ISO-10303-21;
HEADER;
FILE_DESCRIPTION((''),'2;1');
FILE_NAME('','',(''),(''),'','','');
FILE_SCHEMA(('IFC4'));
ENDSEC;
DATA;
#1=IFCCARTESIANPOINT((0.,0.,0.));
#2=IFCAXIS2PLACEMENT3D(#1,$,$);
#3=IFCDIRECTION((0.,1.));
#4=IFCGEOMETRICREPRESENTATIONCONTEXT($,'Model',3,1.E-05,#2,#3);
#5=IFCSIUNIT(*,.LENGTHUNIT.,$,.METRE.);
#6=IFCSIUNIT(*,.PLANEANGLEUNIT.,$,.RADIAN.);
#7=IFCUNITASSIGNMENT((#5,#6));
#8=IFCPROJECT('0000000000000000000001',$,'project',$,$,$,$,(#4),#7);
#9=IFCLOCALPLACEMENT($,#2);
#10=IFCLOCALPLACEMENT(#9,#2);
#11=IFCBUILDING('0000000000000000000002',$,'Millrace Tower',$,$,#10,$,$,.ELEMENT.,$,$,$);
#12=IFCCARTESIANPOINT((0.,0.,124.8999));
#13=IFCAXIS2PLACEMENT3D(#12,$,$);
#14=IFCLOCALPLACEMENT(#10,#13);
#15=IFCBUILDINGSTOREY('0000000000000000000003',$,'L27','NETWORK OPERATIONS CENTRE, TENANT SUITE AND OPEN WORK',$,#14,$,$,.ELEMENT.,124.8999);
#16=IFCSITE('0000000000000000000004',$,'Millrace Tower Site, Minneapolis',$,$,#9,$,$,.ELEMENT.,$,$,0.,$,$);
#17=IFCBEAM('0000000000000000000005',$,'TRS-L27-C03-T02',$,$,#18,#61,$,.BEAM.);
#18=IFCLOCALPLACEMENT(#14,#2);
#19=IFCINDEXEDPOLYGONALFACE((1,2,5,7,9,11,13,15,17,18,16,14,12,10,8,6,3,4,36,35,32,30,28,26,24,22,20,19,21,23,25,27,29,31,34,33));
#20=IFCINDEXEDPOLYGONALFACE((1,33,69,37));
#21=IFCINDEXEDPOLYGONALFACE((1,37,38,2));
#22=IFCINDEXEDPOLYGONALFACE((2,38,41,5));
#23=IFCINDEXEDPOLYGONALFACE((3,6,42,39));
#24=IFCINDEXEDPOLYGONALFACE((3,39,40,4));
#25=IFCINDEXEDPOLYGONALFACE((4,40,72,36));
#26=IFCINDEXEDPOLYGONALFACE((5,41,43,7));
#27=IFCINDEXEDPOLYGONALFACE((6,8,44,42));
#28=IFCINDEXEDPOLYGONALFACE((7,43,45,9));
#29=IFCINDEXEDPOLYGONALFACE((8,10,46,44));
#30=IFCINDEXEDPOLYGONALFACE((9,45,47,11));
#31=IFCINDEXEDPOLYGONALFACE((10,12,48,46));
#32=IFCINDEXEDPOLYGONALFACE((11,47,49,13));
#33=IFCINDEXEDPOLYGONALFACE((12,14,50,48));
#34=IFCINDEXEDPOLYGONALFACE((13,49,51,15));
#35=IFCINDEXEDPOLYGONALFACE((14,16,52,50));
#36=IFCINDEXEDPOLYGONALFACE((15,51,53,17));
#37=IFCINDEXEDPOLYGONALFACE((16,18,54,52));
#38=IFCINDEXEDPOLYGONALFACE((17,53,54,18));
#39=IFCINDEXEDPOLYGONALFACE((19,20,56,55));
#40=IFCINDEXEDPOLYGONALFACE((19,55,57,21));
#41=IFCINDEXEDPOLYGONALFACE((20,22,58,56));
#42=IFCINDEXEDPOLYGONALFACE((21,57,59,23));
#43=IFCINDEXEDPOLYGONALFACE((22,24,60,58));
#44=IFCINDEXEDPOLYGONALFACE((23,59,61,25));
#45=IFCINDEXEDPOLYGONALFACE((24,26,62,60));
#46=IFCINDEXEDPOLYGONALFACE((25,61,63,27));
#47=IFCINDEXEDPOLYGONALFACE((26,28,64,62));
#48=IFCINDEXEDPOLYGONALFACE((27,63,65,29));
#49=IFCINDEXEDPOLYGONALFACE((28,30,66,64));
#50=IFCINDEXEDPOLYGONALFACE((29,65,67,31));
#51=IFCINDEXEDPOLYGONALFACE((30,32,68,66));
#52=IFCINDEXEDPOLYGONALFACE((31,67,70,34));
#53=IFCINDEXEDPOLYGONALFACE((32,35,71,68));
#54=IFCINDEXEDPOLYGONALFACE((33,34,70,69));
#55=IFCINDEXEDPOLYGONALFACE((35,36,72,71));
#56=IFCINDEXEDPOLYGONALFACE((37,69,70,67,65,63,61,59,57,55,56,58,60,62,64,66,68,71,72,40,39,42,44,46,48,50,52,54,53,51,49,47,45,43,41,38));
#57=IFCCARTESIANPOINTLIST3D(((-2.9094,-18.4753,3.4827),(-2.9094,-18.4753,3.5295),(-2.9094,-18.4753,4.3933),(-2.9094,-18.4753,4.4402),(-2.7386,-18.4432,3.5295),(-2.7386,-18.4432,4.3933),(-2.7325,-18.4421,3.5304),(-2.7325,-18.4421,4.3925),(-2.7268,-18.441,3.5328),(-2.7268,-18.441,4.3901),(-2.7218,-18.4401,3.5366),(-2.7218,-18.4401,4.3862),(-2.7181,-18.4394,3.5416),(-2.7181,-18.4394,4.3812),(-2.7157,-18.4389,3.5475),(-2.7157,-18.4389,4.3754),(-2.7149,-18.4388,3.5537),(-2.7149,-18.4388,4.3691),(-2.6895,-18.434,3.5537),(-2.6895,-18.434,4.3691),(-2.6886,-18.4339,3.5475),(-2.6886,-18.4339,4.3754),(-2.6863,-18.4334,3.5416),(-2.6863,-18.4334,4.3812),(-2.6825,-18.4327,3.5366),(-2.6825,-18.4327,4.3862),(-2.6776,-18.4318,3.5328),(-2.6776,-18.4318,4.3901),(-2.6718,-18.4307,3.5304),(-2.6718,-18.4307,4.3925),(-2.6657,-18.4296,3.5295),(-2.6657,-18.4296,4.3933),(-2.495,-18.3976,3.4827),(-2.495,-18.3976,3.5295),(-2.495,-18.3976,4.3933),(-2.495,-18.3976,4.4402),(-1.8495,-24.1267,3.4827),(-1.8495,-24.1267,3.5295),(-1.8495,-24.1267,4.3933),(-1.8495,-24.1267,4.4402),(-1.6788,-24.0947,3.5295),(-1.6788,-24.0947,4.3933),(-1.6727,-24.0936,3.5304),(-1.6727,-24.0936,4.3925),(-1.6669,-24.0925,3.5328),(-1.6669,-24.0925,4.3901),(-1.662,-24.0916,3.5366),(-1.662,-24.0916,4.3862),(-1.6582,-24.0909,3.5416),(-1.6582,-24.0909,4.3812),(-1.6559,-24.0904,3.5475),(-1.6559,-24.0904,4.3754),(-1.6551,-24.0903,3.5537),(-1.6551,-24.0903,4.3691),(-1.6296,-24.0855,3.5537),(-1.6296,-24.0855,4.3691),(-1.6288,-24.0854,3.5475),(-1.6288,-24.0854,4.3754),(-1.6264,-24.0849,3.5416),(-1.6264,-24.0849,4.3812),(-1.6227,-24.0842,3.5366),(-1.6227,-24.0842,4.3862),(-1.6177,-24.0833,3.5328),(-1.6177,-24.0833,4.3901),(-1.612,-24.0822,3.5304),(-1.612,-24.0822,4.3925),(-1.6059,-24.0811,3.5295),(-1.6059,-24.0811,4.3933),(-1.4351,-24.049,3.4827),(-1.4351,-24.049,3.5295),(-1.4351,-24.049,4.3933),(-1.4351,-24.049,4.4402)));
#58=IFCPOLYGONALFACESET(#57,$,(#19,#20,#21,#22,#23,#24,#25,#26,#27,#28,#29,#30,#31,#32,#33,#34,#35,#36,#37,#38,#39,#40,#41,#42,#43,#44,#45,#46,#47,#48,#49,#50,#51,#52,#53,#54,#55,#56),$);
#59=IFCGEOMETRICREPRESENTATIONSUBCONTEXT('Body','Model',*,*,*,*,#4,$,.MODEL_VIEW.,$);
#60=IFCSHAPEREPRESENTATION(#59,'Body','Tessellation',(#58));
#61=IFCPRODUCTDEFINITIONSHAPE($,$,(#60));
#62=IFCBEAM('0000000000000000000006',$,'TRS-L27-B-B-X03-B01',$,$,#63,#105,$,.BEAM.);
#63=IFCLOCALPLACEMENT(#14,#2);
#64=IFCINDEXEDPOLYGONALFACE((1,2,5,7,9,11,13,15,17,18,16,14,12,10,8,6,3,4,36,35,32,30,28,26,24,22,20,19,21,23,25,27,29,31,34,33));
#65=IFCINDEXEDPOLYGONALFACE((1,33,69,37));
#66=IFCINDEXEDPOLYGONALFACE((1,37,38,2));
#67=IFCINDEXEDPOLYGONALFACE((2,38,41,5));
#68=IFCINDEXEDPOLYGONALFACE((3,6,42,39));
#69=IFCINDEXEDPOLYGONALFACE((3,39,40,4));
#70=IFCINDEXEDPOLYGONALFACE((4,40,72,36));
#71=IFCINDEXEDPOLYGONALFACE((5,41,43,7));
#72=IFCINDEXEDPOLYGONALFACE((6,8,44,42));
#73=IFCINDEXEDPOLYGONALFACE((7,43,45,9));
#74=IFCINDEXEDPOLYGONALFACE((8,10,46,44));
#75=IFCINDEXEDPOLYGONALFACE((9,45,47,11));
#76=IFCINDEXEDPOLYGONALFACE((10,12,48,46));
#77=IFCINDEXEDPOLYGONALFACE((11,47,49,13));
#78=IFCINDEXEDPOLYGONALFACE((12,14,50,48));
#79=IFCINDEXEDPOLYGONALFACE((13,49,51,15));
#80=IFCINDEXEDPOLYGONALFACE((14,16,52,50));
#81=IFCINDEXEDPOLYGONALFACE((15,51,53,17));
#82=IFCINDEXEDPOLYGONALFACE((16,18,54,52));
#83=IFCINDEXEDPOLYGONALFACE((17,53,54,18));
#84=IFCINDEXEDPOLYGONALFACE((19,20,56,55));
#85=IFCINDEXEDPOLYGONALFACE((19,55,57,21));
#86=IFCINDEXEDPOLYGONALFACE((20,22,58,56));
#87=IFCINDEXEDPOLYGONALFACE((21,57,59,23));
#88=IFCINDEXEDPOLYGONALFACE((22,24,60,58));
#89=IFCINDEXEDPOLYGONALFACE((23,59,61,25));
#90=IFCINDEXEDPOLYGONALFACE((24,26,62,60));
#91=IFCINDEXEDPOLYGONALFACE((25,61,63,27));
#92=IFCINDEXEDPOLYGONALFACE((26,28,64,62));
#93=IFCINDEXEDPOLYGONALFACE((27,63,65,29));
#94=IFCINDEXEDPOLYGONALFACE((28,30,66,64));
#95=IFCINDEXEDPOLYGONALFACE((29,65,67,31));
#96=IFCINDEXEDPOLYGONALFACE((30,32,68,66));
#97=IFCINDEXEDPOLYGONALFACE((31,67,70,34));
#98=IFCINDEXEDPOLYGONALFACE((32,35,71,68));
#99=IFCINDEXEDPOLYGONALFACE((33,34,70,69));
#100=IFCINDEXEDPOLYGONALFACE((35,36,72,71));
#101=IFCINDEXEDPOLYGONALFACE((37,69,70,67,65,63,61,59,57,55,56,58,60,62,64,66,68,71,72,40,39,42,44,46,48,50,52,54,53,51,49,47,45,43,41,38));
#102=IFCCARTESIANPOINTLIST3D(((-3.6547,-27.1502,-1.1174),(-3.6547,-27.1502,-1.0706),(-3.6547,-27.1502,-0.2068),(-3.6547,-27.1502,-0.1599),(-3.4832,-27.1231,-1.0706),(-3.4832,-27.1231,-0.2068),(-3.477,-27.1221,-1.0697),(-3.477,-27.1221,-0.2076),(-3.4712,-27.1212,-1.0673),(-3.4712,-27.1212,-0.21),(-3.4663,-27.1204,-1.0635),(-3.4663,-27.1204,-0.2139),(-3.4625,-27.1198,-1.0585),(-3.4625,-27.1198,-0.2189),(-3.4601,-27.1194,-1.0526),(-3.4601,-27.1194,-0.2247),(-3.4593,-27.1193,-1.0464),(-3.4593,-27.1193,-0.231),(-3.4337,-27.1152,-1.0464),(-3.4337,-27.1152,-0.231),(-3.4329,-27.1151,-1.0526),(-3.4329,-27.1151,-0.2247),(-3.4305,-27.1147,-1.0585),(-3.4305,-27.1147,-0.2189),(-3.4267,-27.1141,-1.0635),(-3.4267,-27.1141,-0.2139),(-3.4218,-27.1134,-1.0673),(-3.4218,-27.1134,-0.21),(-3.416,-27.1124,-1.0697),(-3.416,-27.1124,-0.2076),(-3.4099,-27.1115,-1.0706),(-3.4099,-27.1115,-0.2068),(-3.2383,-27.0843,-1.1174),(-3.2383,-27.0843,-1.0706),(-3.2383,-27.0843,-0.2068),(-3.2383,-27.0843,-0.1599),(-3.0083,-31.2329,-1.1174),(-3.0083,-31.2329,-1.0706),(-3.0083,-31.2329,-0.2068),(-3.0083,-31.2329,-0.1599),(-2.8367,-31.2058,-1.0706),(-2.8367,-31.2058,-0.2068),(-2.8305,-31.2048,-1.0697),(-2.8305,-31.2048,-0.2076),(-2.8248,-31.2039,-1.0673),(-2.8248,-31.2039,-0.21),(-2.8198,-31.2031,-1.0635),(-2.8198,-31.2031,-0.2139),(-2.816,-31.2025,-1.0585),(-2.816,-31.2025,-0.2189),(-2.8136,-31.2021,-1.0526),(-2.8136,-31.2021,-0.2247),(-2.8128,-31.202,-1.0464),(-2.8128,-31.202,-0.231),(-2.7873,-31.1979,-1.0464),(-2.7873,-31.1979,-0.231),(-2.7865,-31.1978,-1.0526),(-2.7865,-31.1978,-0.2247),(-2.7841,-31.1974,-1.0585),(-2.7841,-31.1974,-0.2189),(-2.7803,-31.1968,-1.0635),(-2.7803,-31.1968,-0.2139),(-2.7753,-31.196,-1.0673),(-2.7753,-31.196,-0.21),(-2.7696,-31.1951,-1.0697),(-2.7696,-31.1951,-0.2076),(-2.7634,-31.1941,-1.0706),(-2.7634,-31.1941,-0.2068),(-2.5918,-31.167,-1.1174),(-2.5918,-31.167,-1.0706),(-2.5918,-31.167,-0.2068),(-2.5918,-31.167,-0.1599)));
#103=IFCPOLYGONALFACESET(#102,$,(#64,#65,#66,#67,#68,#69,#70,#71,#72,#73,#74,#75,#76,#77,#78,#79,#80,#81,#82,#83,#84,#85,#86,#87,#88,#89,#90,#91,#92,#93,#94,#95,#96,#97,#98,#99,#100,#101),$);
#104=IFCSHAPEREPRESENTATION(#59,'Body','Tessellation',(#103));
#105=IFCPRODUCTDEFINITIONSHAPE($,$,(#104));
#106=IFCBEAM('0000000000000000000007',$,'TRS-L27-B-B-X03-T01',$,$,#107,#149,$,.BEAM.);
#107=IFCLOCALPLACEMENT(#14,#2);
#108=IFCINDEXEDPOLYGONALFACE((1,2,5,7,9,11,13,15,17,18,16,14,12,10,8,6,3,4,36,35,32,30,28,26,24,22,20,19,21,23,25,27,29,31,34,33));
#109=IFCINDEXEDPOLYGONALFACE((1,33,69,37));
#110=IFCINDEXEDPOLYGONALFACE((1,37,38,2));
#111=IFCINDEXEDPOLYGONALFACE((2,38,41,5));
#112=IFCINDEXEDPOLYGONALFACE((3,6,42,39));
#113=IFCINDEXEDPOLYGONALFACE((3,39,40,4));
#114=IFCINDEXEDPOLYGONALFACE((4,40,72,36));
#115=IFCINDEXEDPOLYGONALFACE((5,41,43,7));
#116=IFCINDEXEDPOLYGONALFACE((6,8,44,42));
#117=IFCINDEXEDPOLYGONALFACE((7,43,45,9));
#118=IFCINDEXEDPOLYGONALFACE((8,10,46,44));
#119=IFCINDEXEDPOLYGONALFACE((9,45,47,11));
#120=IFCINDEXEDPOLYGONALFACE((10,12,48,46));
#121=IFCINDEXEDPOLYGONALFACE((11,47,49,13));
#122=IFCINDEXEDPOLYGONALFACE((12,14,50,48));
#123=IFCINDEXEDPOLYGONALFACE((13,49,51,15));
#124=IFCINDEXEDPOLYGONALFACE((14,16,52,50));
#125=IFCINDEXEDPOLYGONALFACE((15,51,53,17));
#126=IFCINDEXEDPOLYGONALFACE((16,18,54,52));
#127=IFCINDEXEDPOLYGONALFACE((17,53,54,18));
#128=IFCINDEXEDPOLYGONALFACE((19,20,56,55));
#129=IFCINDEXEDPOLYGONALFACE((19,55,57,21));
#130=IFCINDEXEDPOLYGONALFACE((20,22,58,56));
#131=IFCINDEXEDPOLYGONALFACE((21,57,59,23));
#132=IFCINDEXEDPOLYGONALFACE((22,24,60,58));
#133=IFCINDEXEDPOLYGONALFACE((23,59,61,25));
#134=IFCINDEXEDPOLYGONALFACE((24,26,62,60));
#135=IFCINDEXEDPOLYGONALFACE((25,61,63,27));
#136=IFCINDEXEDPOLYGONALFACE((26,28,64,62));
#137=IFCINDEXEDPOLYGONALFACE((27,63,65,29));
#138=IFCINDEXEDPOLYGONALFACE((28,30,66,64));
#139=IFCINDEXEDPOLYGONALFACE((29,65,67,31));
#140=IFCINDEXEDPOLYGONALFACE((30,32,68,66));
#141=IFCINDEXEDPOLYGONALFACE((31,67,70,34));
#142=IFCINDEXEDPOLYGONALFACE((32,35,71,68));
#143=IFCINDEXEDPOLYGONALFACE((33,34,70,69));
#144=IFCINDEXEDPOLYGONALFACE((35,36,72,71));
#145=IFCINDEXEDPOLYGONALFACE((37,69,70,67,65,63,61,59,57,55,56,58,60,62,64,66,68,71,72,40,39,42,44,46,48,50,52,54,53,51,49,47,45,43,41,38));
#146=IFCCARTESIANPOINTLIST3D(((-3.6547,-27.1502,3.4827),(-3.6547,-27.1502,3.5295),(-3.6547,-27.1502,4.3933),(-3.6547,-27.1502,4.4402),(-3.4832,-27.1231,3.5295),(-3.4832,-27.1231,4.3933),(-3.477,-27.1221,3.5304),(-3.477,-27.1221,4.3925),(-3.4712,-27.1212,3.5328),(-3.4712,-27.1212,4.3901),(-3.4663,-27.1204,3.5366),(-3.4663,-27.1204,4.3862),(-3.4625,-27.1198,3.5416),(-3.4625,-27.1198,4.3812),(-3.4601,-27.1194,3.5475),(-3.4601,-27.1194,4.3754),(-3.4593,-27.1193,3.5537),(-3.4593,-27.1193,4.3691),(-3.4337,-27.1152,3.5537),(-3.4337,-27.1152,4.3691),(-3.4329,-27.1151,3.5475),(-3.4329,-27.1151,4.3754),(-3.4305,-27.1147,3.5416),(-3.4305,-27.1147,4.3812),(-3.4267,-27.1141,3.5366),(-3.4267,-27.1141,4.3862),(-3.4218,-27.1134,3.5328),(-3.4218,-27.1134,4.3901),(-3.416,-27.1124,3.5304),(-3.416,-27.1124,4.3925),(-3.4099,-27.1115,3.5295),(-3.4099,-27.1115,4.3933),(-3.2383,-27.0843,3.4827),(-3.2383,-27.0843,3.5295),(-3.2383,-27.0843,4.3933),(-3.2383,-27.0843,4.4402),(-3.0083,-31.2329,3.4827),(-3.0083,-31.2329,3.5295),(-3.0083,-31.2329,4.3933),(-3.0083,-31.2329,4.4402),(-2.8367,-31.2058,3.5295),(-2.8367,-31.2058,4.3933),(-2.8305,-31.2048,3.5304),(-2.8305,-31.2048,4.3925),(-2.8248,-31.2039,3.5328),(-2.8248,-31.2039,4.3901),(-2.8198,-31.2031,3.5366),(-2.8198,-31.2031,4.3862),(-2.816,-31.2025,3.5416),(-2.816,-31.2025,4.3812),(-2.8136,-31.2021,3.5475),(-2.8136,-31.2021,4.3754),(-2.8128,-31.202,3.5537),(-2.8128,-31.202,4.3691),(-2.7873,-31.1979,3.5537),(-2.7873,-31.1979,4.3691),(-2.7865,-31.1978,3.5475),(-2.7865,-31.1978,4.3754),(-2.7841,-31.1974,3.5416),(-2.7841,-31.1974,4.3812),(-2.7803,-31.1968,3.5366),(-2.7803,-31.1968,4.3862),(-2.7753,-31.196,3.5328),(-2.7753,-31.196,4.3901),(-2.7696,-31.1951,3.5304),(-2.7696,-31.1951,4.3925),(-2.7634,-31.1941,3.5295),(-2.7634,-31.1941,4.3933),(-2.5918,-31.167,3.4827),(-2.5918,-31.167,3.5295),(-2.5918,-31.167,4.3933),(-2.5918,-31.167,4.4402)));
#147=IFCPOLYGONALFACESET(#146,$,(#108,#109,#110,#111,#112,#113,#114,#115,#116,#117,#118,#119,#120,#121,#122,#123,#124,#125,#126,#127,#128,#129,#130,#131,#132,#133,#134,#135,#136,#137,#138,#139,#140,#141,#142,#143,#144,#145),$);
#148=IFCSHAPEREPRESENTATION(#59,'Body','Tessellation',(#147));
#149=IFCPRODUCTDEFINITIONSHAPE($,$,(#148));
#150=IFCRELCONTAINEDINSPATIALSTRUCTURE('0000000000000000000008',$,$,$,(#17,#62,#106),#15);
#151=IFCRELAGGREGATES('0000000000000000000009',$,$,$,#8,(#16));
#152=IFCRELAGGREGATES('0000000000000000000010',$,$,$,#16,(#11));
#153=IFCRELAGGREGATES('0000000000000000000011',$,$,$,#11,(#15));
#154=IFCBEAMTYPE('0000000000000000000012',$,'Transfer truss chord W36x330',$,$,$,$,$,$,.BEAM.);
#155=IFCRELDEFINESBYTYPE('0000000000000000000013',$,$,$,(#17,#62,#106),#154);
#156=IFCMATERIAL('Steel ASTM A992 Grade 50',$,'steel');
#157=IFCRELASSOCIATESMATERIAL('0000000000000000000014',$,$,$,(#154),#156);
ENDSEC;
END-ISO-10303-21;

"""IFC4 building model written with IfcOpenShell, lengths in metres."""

from ifc_helpers import new_model, si_unit, direction, frame, origin, origin_2d, place, context, subcontext, project, spatial, i_section, extrude, material, material_profile, profile_set, type_object, element, save


model = new_model("IFC4")

# Units and contexts
model_context = context("Model", 3, precision=1e-05, world=origin(), true_north=direction((0.0, 1.0)))
body_context = subcontext(model_context, "Body", "Model", "MODEL_VIEW")
ifc_project = project(units=[si_unit("LENGTHUNIT", "METRE"), si_unit("PLANEANGLEUNIT", "RADIAN")], contexts=[model_context])

# Site, building, storey
site_placement = place(None, origin())
site = spatial("IfcSite", under=ifc_project, at=site_placement, Name="Millrace Tower Site, Minneapolis", CompositionType="ELEMENT", RefElevation=0.0)
building_placement = place(site_placement, origin())
building = spatial("IfcBuilding", under=site, at=building_placement, Name="Millrace Tower", CompositionType="ELEMENT")
storey_placement = place(building_placement, frame((0.0, 0.0, 124.8999)))
storey = spatial("IfcBuildingStorey", under=building, at=storey_placement, Name="L27", Description="NETWORK OPERATIONS CENTRE, TENANT SUITE AND OPEN WORK", CompositionType="ELEMENT", Elevation=124.8999)

# Beams
ifc_material_1 = material(Name="Steel ASTM A992 Grade 50", Category="steel")
ifc_material_profile_1 = material_profile(ifc_material_1, i_section(OverallWidth=0.4216, OverallDepth=0.9575, WebThickness=0.0259, FlangeThickness=0.0469, FilletRadius=0.0242, at=origin_2d()))
ifc_profile_set_1 = profile_set([ifc_material_profile_1], Name="Steel ASTM A992 Grade 50")
beam_type_1 = type_object("IfcBeamType", Name="Transfer truss chord W36x330", PredefinedType="BEAM", material=ifc_profile_set_1)
for number, where, z_axis, x_axis, name in (
    (1, (-1.6423, -24.0879, 3.9614), (-0.184319, 0.982866, 0.0), (-0.982866, -0.184319, 0.0), "TRS-L27-C03-T02"),
):
    element("IfcBeam", number, at=place(storey_placement, frame(where, z_axis=z_axis, x_axis=x_axis)), inside=storey, type_object=beam_type_1, Name=name, PredefinedType="BEAM", context=body_context, shape_type="SweptSolid", body=[
        extrude(i_section(OverallWidth=0.4216, OverallDepth=0.9575, WebThickness=0.0259, FlangeThickness=0.0469, FilletRadius=0.0242, at=origin_2d()), origin(), (0.0, 0.0, 1.0), 5.75),
    ])
for number, where, z_axis, x_axis, name in (
    (2, (-2.8, -31.2, -0.6387), (-0.156396, 0.987694, 0.0), (-0.987694, -0.156396, 0.0), "TRS-L27-B-B-X03-B01"),
    (3, (-2.8, -31.2, 3.9614), (-0.156396, 0.987694, 0.0), (-0.987694, -0.156396, 0.0), "TRS-L27-B-B-X03-T01"),
):
    element("IfcBeam", number, at=place(storey_placement, frame(where, z_axis=z_axis, x_axis=x_axis)), inside=storey, type_object=beam_type_1, Name=name, PredefinedType="BEAM", context=body_context, shape_type="SweptSolid", body=[
        extrude(i_section(OverallWidth=0.4216, OverallDepth=0.9575, WebThickness=0.0259, FlangeThickness=0.0469, FilletRadius=0.0242, at=origin_2d()), origin(), (0.0, 0.0, 1.0), 4.1335),
    ])

save(model, "model.ifc")
